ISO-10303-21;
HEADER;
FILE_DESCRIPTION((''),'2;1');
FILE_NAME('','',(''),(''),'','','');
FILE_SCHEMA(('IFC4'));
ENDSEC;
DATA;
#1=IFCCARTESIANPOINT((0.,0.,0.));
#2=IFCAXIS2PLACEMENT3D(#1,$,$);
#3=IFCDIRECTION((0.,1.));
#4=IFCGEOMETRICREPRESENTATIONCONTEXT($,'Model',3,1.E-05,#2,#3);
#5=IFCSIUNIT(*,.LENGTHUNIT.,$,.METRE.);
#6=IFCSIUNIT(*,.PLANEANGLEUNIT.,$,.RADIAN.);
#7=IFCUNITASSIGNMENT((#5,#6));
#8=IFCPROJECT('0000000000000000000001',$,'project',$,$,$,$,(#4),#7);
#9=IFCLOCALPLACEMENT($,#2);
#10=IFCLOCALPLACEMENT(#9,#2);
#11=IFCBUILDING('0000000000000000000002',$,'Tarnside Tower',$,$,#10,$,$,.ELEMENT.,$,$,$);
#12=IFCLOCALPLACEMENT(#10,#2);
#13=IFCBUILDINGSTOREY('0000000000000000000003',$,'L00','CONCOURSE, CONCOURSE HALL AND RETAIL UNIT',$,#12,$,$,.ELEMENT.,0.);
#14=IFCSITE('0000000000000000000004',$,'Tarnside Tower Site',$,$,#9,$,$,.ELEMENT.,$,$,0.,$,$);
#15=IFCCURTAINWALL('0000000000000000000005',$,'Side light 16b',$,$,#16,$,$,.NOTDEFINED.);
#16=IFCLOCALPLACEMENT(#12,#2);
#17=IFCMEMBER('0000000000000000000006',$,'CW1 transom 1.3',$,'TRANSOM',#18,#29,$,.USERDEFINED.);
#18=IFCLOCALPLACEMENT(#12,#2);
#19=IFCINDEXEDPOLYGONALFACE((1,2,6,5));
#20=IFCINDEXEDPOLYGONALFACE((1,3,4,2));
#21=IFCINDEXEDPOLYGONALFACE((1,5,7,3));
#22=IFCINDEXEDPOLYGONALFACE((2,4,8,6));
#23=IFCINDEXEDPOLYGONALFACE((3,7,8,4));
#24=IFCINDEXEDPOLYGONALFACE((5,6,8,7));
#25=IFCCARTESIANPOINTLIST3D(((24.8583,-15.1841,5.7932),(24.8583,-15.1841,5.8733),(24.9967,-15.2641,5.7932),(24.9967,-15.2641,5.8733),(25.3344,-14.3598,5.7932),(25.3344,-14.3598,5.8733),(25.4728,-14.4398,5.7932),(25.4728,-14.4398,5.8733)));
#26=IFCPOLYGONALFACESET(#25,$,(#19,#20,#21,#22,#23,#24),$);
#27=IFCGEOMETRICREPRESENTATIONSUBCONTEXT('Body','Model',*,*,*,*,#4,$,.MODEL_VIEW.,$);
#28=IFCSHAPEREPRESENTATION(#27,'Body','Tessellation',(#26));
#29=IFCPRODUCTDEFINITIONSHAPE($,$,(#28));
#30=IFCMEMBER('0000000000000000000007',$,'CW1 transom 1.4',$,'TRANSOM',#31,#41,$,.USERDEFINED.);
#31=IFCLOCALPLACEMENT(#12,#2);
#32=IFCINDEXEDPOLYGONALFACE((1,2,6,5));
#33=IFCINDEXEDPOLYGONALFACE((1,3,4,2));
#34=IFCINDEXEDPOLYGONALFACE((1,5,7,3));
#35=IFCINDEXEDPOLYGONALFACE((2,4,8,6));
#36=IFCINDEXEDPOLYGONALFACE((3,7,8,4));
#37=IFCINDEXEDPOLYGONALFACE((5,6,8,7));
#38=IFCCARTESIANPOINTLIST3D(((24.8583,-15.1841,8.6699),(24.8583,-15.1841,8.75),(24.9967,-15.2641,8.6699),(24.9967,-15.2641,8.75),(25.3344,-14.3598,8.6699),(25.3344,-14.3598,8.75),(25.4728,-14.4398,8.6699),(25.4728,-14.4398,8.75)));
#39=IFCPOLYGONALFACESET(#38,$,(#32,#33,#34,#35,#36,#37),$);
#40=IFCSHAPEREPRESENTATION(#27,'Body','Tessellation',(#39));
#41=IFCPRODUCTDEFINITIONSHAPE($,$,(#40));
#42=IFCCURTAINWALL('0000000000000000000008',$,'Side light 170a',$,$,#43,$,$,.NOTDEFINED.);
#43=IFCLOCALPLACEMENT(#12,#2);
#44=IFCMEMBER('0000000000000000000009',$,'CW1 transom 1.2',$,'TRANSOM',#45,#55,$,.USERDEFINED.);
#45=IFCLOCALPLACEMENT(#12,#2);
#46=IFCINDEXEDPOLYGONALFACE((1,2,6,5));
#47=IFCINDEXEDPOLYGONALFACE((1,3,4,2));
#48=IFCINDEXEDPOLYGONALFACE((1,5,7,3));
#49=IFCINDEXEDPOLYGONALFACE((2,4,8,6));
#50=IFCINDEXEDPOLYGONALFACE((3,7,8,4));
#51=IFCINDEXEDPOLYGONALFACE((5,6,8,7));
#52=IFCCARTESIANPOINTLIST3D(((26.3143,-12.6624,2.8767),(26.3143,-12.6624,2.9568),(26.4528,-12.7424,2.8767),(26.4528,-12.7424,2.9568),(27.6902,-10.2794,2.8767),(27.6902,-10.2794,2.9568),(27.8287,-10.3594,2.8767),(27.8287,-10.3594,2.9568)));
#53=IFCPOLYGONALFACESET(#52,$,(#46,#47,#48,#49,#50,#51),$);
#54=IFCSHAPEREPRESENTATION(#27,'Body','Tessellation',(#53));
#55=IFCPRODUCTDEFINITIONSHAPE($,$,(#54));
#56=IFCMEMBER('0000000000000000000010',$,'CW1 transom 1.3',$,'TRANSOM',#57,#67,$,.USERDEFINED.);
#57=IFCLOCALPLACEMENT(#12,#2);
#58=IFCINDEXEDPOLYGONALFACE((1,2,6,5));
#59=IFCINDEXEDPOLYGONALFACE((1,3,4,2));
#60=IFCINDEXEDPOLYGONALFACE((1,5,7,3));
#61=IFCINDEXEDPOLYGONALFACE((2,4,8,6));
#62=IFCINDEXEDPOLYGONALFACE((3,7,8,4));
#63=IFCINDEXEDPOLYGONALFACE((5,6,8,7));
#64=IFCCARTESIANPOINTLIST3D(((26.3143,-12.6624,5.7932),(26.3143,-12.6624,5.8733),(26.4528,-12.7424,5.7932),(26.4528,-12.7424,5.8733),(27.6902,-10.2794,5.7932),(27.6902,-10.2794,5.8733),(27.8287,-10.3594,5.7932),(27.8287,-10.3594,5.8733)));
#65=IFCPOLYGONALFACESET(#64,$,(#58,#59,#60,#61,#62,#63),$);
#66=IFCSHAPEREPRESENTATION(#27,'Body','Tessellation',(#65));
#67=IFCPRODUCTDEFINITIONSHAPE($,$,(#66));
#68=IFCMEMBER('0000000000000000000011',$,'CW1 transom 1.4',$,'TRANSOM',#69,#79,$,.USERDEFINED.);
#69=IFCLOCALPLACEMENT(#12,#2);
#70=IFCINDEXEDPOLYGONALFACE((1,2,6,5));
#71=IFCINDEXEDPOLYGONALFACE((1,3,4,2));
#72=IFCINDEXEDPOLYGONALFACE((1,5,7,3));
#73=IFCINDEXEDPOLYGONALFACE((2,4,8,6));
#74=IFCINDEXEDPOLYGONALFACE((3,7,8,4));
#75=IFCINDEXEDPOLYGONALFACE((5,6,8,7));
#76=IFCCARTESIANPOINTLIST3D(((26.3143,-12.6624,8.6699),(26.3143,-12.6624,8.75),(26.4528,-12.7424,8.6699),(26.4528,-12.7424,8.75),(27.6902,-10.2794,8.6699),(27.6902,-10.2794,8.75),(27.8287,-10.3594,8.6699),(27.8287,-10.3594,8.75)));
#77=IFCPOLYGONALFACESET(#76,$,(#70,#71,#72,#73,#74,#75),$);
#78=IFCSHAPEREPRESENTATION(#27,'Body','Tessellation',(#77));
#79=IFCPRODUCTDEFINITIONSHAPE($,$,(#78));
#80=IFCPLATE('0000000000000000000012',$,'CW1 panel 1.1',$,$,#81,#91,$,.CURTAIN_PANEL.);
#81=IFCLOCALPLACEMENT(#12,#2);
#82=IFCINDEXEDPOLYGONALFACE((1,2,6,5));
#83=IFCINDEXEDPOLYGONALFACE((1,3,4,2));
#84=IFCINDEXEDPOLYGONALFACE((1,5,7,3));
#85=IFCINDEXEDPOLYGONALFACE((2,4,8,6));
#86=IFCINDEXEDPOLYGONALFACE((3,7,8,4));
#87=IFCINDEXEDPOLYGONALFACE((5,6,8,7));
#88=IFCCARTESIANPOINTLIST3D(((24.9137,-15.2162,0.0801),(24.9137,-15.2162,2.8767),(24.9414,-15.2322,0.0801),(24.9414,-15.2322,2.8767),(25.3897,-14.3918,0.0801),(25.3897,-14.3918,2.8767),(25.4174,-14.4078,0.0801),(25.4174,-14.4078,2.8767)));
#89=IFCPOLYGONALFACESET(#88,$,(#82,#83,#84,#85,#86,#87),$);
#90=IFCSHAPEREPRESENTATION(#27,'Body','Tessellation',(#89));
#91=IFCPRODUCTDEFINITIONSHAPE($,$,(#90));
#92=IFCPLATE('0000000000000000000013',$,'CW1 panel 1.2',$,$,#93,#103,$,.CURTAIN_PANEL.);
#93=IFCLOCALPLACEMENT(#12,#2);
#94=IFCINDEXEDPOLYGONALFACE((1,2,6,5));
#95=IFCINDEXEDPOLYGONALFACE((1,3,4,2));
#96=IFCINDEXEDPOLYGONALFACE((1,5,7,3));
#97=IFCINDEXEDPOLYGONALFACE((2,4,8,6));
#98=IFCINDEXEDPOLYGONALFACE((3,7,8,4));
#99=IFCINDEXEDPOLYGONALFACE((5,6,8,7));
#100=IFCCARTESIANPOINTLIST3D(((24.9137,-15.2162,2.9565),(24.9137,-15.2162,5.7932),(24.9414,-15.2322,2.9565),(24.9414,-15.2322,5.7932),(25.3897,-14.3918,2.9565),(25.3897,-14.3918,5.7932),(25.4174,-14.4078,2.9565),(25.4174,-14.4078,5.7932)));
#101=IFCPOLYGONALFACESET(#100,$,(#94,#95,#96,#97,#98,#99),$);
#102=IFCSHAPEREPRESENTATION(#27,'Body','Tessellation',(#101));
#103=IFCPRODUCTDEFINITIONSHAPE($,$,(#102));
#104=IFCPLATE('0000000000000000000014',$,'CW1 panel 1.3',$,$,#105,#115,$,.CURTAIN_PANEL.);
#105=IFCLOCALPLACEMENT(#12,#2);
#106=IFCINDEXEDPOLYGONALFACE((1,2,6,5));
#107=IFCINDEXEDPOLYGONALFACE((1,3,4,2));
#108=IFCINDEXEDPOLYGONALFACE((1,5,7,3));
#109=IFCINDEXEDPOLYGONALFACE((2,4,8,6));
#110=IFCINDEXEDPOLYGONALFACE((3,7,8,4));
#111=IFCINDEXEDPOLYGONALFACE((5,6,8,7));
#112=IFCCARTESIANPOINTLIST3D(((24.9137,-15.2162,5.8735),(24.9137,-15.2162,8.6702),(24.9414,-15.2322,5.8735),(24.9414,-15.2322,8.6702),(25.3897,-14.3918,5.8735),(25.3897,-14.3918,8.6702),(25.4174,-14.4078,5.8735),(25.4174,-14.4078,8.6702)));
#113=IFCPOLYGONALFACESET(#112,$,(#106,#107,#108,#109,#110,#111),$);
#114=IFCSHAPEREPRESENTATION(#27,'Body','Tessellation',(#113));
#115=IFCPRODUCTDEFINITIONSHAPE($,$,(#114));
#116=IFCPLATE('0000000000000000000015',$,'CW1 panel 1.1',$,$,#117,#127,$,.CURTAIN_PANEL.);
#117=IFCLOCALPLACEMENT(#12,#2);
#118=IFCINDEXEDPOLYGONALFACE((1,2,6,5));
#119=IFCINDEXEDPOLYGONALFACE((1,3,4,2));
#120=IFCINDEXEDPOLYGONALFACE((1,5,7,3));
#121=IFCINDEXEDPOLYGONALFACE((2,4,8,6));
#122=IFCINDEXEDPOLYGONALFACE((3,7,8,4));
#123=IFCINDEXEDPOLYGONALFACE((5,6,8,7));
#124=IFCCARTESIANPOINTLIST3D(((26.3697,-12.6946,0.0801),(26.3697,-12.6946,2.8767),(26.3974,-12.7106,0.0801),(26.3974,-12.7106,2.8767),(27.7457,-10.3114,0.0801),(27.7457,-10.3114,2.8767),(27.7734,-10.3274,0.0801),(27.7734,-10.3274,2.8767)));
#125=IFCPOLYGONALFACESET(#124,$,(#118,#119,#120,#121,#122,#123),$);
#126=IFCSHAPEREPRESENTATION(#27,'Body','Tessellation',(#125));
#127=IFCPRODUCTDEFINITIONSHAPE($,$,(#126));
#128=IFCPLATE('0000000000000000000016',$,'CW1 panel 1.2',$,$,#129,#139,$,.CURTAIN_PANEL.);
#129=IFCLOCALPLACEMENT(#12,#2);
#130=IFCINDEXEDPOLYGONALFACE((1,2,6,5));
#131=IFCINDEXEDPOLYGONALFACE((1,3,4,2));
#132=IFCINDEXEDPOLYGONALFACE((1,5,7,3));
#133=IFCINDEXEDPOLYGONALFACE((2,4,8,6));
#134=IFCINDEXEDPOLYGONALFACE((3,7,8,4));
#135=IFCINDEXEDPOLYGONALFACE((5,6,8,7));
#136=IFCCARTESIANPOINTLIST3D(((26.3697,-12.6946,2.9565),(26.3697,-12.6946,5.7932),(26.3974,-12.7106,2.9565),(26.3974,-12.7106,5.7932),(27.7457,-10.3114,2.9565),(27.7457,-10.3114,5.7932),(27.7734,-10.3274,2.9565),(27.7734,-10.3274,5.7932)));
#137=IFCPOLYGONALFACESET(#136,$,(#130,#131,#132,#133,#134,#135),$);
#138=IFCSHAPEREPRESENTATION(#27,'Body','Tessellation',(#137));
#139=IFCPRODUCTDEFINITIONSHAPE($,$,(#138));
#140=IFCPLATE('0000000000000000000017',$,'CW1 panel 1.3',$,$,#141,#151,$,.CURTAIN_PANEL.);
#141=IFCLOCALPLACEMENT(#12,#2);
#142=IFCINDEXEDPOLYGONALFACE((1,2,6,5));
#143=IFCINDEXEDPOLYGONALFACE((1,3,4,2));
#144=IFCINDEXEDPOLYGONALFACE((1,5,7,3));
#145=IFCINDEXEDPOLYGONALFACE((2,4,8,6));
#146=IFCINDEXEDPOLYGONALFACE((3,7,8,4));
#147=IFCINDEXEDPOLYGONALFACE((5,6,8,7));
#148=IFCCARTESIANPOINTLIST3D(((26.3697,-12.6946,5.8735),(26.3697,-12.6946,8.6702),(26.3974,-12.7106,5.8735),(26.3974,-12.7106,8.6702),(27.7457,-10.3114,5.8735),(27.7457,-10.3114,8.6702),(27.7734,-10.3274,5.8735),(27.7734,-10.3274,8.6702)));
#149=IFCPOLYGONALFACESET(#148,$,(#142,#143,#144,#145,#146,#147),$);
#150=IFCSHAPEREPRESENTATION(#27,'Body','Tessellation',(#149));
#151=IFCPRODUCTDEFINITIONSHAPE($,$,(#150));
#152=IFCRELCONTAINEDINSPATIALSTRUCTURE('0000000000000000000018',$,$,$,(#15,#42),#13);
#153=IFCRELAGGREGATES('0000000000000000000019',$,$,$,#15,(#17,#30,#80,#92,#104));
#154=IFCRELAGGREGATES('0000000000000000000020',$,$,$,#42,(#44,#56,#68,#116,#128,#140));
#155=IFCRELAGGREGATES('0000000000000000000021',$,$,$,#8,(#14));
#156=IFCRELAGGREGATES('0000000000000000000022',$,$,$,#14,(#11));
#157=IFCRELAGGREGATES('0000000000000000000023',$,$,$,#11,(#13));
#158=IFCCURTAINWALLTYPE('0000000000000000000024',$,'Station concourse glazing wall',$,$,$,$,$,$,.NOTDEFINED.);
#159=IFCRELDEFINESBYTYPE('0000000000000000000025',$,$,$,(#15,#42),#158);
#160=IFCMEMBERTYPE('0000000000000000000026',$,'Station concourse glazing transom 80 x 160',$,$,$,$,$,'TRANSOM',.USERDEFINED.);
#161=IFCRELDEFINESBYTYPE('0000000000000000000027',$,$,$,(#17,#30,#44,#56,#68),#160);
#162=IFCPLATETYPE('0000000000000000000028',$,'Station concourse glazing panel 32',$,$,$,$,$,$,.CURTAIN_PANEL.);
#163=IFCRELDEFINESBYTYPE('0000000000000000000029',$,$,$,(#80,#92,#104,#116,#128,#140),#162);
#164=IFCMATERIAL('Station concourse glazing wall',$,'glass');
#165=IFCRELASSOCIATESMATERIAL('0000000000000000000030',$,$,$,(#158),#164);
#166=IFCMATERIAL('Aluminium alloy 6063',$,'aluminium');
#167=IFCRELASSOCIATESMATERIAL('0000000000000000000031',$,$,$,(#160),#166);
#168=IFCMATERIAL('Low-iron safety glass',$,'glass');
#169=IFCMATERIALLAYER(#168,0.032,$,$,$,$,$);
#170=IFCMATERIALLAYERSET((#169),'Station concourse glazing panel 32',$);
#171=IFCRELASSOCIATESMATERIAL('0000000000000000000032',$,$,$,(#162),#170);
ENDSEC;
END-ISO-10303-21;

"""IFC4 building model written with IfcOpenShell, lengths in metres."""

from ifc_helpers import new_model, si_unit, direction, frame, origin, origin_2d, place, context, subcontext, project, spatial, rectangle, extrude, material, layer, layer_set, material_profile, profile_set, type_object, element, aggregate, save


model = new_model("IFC4")

# Units and contexts
model_context = context("Model", 3, precision=1e-05, world=origin(), true_north=direction((0.0, 1.0)))
body_context = subcontext(model_context, "Body", "Model", "MODEL_VIEW")
ifc_project = project(units=[si_unit("LENGTHUNIT", "METRE"), si_unit("PLANEANGLEUNIT", "RADIAN")], contexts=[model_context])

# Site, building, storey
site_placement = place(None, origin())
site = spatial("IfcSite", under=ifc_project, at=site_placement, Name="Tarnside Tower Site", CompositionType="ELEMENT", RefElevation=0.0)
building_placement = place(site_placement, origin())
building = spatial("IfcBuilding", under=site, at=building_placement, Name="Tarnside Tower", CompositionType="ELEMENT")
storey_placement = place(building_placement, origin())
storey = spatial("IfcBuildingStorey", under=building, at=storey_placement, Name="L00", Description="CONCOURSE, CONCOURSE HALL AND RETAIL UNIT", CompositionType="ELEMENT", Elevation=0.0)

# Curtain walls, members
ifc_material_1 = material(Name="Station concourse glazing wall", Category="glass")
curtain_wall_type = type_object("IfcCurtainWallType", Name="Station concourse glazing wall", PredefinedType="NOTDEFINED", material=ifc_material_1)
curtain_wall_1_placement = place(storey_placement, origin())
curtain_wall_1 = element("IfcCurtainWall", 1, at=curtain_wall_1_placement, inside=storey, type_object=curtain_wall_type, Name="Side light 16b", PredefinedType="NOTDEFINED")
ifc_material_2 = material(Name="Aluminium alloy 6063", Category="aluminium")
ifc_material_profile_1 = material_profile(ifc_material_2, rectangle(XDim=0.1599, YDim=0.0801, at=origin_2d()), Name="Station concourse glazing transom 80 x 160")
ifc_profile_set_1 = profile_set([ifc_material_profile_1], Name="Aluminium alloy 6063")
member_type = type_object("IfcMemberType", Name="Station concourse glazing transom 80 x 160", ElementType="TRANSOM", PredefinedType="USERDEFINED", material=ifc_profile_set_1)
member_1_placement = place(storey_placement, frame((24.9275, -15.2241, 5.8333), z_axis=(0.500166, 0.865929, 0.0), x_axis=(-0.865929, 0.500166, 0.0)))
member_1 = element("IfcMember", 2, at=member_1_placement, type_object=member_type, Name="CW1 transom 1.3", ObjectType="TRANSOM", PredefinedType="USERDEFINED", context=body_context, shape_type="SweptSolid", body=[
    extrude(rectangle(XDim=0.1599, YDim=0.0801, at=origin_2d()), origin(), (0.0, 0.0, 1.0), 0.9519),
])
member_2_placement = place(storey_placement, frame((24.9275, -15.2241, 8.71), z_axis=(0.500166, 0.865929, 0.0), x_axis=(-0.865929, 0.500166, 0.0)))
member_2 = element("IfcMember", 3, at=member_2_placement, type_object=member_type, Name="CW1 transom 1.4", ObjectType="TRANSOM", PredefinedType="USERDEFINED", context=body_context, shape_type="SweptSolid", body=[
    extrude(rectangle(XDim=0.1599, YDim=0.0801, at=origin_2d()), origin(), (0.0, 0.0, 1.0), 0.9519),
])
curtain_wall_2_placement = place(storey_placement, origin())
curtain_wall_2 = element("IfcCurtainWall", 4, at=curtain_wall_2_placement, inside=storey, type_object=curtain_wall_type, Name="Side light 170a", PredefinedType="NOTDEFINED")
member_3_placement = place(storey_placement, frame((26.3835, -12.7024, 2.9167), z_axis=(0.500032, 0.866007, 0.0), x_axis=(-0.866007, 0.500032, 0.0)))
member_3 = element("IfcMember", 5, at=member_3_placement, type_object=member_type, Name="CW1 transom 1.2", ObjectType="TRANSOM", PredefinedType="USERDEFINED", context=body_context, shape_type="SweptSolid", body=[
    extrude(rectangle(XDim=0.1599, YDim=0.0801, at=origin_2d()), origin(), (0.0, 0.0, 1.0), 2.7517),
])
member_4_placement = place(storey_placement, frame((26.3835, -12.7024, 5.8333), z_axis=(0.500032, 0.866007, 0.0), x_axis=(-0.866007, 0.500032, 0.0)))
member_4 = element("IfcMember", 6, at=member_4_placement, type_object=member_type, Name="CW1 transom 1.3", ObjectType="TRANSOM", PredefinedType="USERDEFINED", context=body_context, shape_type="SweptSolid", body=[
    extrude(rectangle(XDim=0.1599, YDim=0.0801, at=origin_2d()), origin(), (0.0, 0.0, 1.0), 2.7517),
])
member_5_placement = place(storey_placement, frame((26.3835, -12.7024, 8.71), z_axis=(0.500032, 0.866007, 0.0), x_axis=(-0.866007, 0.500032, 0.0)))
member_5 = element("IfcMember", 7, at=member_5_placement, type_object=member_type, Name="CW1 transom 1.4", ObjectType="TRANSOM", PredefinedType="USERDEFINED", context=body_context, shape_type="SweptSolid", body=[
    extrude(rectangle(XDim=0.1599, YDim=0.0801, at=origin_2d()), origin(), (0.0, 0.0, 1.0), 2.7517),
])

# Plates
ifc_material_3 = material(Name="Low-iron safety glass", Category="glass")
ifc_layer = layer(ifc_material_3, 0.032)
ifc_layer_set = layer_set([ifc_layer], Name="Station concourse glazing panel 32")
plate_type = type_object("IfcPlateType", Name="Station concourse glazing panel 32", PredefinedType="CURTAIN_PANEL", material=ifc_layer_set)
plate_1_placement = place(storey_placement, frame((25.1655, -14.812, 0.0801), z_axis=(0.0, 0.0, 1.0), x_axis=(0.5, 0.866025, 0.0)))
plate_1 = element("IfcPlate", 8, at=plate_1_placement, type_object=plate_type, Name="CW1 panel 1.1", PredefinedType="CURTAIN_PANEL", context=body_context, shape_type="SweptSolid", body=[
    extrude(rectangle(XDim=0.9519, YDim=0.032, at=origin_2d()), origin(), (0.0, 0.0, 1.0), 2.7966),
])
plate_2_placement = place(storey_placement, frame((25.1655, -14.812, 2.9565), z_axis=(0.0, 0.0, 1.0), x_axis=(0.5, 0.866025, 0.0)))
plate_2 = element("IfcPlate", 9, at=plate_2_placement, type_object=plate_type, Name="CW1 panel 1.2", PredefinedType="CURTAIN_PANEL", context=body_context, shape_type="SweptSolid", body=[
    extrude(rectangle(XDim=0.9519, YDim=0.032, at=origin_2d()), origin(), (0.0, 0.0, 1.0), 2.8367),
])
plate_3_placement = place(storey_placement, frame((25.1655, -14.812, 5.8735), z_axis=(0.0, 0.0, 1.0), x_axis=(0.5, 0.866025, 0.0)))
plate_3 = element("IfcPlate", 10, at=plate_3_placement, type_object=plate_type, Name="CW1 panel 1.3", PredefinedType="CURTAIN_PANEL", context=body_context, shape_type="SweptSolid", body=[
    extrude(rectangle(XDim=0.9519, YDim=0.032, at=origin_2d()), origin(), (0.0, 0.0, 1.0), 2.7966),
])
aggregate(curtain_wall_1, [member_1, member_2, plate_1, plate_2, plate_3])
plate_4_placement = place(storey_placement, frame((27.0715, -11.511, 0.0801), z_axis=(0.0, 0.0, 1.0), x_axis=(0.5, 0.866025, 0.0)))
plate_4 = element("IfcPlate", 11, at=plate_4_placement, type_object=plate_type, Name="CW1 panel 1.1", PredefinedType="CURTAIN_PANEL", context=body_context, shape_type="SweptSolid", body=[
    extrude(rectangle(XDim=2.752, YDim=0.032, at=origin_2d()), origin(), (0.0, 0.0, 1.0), 2.7966),
])
plate_5_placement = place(storey_placement, frame((27.0715, -11.511, 2.9565), z_axis=(0.0, 0.0, 1.0), x_axis=(0.5, 0.866025, 0.0)))
plate_5 = element("IfcPlate", 12, at=plate_5_placement, type_object=plate_type, Name="CW1 panel 1.2", PredefinedType="CURTAIN_PANEL", context=body_context, shape_type="SweptSolid", body=[
    extrude(rectangle(XDim=2.752, YDim=0.032, at=origin_2d()), origin(), (0.0, 0.0, 1.0), 2.8367),
])
plate_6_placement = place(storey_placement, frame((27.0715, -11.511, 5.8735), z_axis=(0.0, 0.0, 1.0), x_axis=(0.5, 0.866025, 0.0)))
plate_6 = element("IfcPlate", 13, at=plate_6_placement, type_object=plate_type, Name="CW1 panel 1.3", PredefinedType="CURTAIN_PANEL", context=body_context, shape_type="SweptSolid", body=[
    extrude(rectangle(XDim=2.752, YDim=0.032, at=origin_2d()), origin(), (0.0, 0.0, 1.0), 2.7966),
])
aggregate(curtain_wall_2, [member_3, member_4, member_5, plate_4, plate_5, plate_6])

save(model, "model.ifc")
